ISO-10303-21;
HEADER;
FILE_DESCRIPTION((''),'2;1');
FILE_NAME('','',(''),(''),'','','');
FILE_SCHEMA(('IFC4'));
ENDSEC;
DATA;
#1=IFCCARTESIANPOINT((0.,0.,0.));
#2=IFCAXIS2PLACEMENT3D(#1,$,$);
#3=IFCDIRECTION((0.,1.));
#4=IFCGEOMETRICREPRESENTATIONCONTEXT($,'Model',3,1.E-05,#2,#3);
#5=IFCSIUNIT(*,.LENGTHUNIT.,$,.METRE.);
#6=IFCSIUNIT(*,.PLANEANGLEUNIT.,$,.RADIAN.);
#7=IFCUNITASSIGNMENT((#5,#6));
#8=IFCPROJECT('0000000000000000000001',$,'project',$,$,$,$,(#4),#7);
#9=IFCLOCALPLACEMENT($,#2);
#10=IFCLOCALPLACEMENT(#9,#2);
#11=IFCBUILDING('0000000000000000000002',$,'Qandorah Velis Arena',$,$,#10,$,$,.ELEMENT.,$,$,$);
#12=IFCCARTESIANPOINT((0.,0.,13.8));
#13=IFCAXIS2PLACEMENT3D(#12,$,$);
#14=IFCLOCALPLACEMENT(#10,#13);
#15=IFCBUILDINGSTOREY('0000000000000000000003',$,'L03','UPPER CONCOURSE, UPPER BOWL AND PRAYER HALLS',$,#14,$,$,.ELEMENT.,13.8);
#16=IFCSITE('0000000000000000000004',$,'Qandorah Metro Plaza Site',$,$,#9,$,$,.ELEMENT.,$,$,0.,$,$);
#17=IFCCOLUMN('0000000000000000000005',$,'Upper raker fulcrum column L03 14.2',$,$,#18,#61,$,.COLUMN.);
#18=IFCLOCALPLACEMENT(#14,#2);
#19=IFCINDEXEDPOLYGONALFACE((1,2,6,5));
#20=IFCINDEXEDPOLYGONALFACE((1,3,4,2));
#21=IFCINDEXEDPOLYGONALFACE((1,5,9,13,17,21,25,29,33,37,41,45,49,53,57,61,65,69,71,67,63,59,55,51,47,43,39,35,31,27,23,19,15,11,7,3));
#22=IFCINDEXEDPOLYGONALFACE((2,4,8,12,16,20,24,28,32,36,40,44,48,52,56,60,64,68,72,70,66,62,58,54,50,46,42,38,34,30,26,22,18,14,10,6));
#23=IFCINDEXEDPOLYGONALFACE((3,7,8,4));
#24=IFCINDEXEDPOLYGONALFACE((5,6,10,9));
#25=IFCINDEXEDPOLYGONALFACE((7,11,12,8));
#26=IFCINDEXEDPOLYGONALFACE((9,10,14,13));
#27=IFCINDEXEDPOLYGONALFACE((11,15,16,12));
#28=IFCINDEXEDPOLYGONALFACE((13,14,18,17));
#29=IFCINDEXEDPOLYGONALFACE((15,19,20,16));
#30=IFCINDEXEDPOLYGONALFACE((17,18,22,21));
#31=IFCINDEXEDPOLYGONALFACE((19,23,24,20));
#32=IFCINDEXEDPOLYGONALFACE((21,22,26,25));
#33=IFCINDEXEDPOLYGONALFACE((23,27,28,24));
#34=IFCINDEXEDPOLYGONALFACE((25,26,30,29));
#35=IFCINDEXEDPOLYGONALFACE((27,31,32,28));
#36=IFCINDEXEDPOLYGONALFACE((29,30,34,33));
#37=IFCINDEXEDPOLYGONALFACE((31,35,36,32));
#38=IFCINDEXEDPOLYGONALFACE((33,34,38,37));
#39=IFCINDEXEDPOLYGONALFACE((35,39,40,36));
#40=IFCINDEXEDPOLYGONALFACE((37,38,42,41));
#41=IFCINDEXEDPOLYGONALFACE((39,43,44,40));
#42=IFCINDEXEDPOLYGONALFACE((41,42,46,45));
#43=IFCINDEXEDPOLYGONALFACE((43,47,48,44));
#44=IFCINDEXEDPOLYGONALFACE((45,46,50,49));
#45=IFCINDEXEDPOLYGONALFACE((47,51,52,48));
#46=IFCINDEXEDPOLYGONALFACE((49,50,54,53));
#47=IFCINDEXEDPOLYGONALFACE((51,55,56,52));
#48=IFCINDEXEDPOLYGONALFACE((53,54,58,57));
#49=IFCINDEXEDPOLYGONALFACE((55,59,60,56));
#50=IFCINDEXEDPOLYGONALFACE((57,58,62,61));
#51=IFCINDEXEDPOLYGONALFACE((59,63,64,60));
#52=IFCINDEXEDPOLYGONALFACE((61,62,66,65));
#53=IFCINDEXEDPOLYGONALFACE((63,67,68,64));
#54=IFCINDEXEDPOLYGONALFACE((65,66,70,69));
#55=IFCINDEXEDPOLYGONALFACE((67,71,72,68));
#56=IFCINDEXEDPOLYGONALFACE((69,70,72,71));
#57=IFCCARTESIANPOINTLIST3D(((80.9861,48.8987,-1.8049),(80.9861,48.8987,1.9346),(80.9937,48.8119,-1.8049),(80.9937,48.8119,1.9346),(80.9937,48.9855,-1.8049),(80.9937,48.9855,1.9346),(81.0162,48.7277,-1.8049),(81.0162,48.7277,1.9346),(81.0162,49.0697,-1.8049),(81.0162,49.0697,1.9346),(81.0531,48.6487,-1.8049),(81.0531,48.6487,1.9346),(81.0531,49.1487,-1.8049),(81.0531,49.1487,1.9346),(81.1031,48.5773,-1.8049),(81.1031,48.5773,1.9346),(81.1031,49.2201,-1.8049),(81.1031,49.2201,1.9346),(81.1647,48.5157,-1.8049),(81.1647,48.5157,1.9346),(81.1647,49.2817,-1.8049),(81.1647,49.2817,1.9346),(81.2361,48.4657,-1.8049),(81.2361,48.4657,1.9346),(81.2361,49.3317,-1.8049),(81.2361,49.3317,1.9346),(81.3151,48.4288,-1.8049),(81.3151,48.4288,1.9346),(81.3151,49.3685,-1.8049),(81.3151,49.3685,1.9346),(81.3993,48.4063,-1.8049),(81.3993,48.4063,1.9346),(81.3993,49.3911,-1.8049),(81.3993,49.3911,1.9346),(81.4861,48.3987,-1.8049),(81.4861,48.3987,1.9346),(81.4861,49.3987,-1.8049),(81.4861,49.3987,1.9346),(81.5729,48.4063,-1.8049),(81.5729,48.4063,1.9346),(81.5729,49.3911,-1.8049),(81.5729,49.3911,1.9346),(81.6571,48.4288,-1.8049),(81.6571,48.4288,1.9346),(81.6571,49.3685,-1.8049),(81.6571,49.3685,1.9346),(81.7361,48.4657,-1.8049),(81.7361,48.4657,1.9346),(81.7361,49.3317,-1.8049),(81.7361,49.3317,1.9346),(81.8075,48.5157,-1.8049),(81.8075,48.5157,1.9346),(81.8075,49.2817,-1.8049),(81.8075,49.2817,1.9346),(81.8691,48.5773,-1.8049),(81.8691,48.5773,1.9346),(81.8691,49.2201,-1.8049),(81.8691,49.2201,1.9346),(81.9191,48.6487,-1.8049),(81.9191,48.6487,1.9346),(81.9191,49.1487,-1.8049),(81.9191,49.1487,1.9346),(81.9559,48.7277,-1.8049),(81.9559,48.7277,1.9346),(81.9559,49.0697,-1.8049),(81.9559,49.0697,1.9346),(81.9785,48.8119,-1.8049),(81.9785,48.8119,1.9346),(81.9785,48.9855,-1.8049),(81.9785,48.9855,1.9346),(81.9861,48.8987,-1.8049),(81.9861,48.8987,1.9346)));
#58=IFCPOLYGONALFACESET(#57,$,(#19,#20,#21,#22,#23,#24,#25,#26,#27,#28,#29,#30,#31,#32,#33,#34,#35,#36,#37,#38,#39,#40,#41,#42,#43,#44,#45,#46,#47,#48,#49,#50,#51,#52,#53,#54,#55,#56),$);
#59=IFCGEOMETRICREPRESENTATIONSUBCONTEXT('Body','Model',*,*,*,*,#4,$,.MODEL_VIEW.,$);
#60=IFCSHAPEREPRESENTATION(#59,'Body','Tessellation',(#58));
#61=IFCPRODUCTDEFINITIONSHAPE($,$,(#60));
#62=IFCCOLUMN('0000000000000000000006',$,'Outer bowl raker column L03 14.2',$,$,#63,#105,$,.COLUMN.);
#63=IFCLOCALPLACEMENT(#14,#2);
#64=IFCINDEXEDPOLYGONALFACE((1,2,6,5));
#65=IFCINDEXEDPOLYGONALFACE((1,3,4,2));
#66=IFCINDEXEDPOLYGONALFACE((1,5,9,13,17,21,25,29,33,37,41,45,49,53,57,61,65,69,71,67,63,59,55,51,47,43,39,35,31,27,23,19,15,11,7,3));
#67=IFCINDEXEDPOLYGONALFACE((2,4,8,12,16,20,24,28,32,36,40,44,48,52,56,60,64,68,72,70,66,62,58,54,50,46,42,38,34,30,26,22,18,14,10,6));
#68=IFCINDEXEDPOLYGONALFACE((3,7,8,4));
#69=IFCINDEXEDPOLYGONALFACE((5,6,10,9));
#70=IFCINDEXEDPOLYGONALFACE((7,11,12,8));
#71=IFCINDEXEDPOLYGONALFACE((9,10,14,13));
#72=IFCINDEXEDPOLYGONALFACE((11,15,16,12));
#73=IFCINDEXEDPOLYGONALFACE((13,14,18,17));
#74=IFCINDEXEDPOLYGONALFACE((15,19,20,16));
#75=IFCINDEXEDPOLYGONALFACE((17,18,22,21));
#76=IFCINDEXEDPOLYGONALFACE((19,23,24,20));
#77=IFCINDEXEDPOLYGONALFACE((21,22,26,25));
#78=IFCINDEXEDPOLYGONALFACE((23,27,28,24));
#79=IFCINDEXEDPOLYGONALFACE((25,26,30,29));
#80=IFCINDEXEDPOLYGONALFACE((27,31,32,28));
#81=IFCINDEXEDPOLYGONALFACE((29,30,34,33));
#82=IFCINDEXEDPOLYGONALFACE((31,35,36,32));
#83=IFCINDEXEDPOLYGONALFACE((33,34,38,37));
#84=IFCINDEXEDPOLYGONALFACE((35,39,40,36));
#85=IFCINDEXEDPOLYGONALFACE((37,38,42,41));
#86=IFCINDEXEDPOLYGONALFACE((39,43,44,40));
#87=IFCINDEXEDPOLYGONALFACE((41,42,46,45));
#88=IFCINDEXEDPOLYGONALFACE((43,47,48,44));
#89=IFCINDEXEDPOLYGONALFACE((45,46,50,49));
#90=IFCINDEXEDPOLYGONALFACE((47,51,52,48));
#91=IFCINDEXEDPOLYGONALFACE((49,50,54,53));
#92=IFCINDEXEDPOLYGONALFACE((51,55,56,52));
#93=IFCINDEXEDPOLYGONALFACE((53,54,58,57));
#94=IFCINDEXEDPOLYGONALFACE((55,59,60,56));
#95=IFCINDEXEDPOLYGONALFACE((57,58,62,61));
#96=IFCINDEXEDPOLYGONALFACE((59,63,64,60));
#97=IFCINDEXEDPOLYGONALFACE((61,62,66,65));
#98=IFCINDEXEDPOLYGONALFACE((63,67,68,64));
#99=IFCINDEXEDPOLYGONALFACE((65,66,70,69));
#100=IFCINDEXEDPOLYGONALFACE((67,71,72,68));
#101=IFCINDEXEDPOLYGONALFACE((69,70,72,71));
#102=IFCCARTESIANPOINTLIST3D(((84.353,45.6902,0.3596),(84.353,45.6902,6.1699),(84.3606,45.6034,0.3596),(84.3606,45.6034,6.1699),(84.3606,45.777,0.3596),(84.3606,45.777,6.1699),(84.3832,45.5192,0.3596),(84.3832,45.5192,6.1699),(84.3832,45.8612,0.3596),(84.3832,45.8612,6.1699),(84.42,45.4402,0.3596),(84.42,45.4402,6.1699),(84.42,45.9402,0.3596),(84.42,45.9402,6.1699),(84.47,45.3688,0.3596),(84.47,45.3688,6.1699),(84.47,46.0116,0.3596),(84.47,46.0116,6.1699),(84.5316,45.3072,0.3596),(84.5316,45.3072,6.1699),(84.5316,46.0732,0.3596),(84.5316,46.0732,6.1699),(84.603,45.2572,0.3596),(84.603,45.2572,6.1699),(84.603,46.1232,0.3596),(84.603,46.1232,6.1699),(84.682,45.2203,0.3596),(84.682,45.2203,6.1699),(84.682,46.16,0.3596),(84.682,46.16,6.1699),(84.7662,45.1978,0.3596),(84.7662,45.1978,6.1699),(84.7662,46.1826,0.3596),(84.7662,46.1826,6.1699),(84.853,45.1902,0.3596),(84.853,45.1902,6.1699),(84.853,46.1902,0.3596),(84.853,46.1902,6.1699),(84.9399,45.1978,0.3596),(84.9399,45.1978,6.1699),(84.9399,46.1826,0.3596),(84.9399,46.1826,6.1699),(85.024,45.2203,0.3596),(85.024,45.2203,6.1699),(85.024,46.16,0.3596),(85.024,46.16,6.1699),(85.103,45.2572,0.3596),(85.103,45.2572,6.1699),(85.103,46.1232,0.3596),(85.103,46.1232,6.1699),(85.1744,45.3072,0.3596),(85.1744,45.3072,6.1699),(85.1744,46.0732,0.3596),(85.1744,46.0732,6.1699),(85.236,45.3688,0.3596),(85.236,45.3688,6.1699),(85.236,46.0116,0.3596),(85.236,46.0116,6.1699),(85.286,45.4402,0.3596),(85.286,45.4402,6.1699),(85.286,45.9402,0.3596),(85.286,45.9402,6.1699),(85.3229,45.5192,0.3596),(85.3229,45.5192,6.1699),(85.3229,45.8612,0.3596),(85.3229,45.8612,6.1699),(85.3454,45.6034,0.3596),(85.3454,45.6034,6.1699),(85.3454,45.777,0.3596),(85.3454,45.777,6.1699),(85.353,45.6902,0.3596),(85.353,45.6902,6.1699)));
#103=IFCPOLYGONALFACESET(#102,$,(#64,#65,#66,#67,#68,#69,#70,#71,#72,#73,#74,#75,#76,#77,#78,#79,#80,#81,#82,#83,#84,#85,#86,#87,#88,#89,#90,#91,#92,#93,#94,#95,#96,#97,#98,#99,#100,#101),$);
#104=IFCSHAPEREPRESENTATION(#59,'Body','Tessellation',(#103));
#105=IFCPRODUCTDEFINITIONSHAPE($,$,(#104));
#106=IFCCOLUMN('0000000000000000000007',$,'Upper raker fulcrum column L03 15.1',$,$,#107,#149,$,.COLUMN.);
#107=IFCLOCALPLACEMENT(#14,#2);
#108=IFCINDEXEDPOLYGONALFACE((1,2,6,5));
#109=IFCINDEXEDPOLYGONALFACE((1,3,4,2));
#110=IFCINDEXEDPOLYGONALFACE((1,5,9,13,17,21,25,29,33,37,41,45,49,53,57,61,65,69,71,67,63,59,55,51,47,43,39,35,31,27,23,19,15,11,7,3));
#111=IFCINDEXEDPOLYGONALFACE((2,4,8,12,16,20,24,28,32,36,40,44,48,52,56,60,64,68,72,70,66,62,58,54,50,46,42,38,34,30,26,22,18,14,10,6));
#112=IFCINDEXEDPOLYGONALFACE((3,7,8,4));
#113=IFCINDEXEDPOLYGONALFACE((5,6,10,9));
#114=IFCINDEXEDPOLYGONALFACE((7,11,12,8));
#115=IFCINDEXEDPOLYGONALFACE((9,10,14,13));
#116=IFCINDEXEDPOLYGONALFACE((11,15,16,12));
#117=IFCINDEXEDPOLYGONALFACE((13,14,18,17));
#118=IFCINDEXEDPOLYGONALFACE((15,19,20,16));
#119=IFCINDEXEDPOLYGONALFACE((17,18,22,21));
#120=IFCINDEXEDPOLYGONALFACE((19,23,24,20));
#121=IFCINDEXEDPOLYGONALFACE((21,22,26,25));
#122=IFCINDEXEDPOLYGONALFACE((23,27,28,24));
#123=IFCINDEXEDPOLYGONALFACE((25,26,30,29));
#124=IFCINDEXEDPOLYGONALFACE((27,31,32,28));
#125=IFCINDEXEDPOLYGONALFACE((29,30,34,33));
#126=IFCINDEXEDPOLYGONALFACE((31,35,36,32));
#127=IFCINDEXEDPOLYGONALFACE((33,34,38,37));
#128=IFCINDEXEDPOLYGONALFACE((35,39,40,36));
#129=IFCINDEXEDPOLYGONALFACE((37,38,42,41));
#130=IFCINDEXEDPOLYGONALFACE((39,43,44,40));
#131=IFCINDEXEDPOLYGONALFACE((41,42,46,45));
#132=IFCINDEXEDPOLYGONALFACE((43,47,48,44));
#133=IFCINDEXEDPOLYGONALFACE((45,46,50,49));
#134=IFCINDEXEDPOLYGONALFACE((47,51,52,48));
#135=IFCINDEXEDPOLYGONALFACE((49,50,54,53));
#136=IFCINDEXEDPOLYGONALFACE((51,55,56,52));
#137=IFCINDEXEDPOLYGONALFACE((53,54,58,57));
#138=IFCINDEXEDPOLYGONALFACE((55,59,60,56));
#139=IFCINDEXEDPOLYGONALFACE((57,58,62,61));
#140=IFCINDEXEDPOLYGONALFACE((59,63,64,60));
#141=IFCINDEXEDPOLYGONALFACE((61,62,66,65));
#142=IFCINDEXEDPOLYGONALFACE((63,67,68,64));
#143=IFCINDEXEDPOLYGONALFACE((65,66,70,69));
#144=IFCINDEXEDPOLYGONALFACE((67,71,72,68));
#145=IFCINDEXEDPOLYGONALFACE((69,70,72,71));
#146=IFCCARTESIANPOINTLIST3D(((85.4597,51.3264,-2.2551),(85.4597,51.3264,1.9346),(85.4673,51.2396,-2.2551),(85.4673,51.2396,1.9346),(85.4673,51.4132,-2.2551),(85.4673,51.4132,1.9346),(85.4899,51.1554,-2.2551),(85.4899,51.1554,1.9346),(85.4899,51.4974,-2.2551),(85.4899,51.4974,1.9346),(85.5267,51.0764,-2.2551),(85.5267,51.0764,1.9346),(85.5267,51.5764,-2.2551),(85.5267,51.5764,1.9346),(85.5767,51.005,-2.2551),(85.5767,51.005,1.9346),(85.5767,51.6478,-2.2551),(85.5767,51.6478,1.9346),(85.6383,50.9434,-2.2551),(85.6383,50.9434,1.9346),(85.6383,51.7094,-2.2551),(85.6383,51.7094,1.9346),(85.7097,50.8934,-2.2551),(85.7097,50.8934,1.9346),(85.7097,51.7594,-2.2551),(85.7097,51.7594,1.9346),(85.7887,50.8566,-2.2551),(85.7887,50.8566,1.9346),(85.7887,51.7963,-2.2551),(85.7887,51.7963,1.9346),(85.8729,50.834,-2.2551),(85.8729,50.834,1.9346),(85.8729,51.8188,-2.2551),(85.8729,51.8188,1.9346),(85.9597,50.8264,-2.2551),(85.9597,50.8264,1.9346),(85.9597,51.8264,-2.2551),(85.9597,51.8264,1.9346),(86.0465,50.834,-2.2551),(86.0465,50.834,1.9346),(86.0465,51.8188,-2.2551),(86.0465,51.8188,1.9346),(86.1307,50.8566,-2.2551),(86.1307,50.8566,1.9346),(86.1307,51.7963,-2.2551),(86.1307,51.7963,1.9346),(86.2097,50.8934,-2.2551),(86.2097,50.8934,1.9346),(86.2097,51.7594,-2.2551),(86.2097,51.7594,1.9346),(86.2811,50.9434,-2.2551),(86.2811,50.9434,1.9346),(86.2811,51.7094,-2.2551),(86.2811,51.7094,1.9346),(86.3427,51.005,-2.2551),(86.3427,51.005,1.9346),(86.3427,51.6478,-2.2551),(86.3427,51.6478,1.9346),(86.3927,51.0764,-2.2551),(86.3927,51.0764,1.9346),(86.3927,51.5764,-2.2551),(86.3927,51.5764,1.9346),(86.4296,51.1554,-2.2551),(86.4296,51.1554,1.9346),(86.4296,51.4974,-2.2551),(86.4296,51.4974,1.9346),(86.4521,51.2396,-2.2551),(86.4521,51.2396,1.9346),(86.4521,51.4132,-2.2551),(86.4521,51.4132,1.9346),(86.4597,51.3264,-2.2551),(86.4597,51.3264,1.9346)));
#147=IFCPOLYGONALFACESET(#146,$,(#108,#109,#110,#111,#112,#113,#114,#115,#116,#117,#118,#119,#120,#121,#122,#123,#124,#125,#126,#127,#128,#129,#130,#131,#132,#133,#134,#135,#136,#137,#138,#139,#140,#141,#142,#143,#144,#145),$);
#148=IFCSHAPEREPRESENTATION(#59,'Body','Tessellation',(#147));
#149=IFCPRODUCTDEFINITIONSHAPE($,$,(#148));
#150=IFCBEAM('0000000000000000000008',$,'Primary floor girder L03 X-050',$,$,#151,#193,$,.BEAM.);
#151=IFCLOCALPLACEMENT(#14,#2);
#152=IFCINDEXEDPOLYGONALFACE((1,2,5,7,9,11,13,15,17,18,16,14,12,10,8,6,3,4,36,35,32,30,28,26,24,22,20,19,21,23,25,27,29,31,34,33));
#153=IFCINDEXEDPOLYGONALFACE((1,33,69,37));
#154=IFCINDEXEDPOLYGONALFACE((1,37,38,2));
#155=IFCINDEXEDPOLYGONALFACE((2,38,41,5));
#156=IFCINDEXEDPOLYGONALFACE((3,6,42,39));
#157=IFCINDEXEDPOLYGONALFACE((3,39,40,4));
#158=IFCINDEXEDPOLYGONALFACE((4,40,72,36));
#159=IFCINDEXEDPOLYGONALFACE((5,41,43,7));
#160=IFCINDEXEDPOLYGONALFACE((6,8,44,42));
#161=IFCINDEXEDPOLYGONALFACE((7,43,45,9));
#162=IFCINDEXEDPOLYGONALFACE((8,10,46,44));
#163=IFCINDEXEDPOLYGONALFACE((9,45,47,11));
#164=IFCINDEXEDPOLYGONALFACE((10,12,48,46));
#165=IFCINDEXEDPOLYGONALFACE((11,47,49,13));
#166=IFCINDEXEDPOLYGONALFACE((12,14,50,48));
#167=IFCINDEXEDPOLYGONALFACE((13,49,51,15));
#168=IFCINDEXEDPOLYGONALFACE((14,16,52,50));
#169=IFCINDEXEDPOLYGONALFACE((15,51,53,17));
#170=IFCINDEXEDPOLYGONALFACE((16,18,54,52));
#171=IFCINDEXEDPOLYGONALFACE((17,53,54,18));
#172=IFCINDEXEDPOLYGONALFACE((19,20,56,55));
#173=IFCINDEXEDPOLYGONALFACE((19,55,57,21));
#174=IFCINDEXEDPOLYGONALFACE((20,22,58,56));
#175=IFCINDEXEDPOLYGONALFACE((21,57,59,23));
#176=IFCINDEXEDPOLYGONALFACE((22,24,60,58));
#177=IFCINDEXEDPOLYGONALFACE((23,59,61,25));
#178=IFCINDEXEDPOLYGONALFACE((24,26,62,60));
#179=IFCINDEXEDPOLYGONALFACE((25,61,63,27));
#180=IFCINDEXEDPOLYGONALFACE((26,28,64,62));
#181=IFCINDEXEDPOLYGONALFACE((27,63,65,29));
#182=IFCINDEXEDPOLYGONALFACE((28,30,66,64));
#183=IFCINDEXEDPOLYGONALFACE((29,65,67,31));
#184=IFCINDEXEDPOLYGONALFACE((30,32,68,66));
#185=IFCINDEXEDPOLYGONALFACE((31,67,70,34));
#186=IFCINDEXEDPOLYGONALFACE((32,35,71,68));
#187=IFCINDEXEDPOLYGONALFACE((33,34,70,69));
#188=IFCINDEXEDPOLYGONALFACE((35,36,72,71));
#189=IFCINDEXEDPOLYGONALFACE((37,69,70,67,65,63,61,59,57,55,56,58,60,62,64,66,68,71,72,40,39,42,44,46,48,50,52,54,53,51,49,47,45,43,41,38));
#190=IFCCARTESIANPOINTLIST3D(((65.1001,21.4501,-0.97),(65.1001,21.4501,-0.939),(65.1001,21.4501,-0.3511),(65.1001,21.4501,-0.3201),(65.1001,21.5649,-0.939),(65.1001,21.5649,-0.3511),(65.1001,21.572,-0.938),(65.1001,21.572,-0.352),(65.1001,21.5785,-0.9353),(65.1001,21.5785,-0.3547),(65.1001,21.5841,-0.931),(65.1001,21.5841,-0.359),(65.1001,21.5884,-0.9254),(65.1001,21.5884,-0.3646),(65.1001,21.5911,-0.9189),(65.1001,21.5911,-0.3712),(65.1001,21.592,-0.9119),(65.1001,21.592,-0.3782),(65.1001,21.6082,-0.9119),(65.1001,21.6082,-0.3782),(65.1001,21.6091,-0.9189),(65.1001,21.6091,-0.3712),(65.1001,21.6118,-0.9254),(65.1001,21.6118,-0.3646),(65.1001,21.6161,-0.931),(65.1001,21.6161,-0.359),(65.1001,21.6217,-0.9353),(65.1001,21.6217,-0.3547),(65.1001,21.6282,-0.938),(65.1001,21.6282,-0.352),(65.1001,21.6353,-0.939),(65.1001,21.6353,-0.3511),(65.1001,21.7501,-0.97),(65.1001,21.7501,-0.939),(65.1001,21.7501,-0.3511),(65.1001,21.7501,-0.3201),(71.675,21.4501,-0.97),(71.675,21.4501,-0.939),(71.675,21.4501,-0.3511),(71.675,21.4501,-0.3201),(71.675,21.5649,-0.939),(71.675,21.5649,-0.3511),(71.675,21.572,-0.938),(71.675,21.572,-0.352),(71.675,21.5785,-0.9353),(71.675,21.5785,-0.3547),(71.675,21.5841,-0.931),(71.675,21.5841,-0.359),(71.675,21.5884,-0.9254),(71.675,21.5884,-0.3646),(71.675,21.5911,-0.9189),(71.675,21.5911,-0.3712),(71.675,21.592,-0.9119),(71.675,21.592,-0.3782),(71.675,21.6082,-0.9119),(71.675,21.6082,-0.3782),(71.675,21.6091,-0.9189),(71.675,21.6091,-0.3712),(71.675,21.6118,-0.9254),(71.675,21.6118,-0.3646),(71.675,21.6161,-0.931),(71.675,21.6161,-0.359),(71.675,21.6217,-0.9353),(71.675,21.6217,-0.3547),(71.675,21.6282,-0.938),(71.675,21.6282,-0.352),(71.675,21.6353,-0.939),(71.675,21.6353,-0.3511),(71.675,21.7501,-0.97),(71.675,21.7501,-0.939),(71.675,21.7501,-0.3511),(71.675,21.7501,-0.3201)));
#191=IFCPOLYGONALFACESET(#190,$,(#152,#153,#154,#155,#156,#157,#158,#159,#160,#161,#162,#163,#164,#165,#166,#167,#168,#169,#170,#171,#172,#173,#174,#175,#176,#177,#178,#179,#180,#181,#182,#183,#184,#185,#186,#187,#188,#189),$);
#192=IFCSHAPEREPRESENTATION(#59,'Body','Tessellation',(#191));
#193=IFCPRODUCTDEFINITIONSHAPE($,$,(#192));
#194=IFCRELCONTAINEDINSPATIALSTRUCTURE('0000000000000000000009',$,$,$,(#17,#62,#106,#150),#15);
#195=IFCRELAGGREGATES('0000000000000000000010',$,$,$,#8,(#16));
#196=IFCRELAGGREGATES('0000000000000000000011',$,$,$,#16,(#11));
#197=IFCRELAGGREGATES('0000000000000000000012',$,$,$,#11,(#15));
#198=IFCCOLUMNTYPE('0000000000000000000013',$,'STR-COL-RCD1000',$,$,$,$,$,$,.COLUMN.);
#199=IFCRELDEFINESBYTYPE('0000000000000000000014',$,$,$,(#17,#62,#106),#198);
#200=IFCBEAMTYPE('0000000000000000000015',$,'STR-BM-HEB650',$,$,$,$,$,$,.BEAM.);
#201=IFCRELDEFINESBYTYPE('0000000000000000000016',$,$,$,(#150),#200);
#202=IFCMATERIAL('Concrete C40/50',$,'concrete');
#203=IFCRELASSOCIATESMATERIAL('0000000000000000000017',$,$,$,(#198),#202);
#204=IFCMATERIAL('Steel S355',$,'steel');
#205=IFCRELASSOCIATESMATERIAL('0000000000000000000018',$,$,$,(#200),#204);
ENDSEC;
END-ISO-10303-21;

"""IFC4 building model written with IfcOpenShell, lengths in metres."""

from ifc_helpers import new_model, si_unit, direction, frame, origin, origin_2d, place, context, subcontext, project, spatial, circle, i_section, extrude, material, material_profile, profile_set, type_object, element, save


model = new_model("IFC4")

# Units and contexts
model_context = context("Model", 3, precision=1e-05, world=origin(), true_north=direction((0.0, 1.0)))
body_context = subcontext(model_context, "Body", "Model", "MODEL_VIEW")
ifc_project = project(units=[si_unit("LENGTHUNIT", "METRE"), si_unit("PLANEANGLEUNIT", "RADIAN")], contexts=[model_context])

# Site, building, storey
site_placement = place(None, origin())
site = spatial("IfcSite", under=ifc_project, at=site_placement, Name="Qandorah Metro Plaza Site", CompositionType="ELEMENT", RefElevation=0.0)
building_placement = place(site_placement, origin())
building = spatial("IfcBuilding", under=site, at=building_placement, Name="Qandorah Velis Arena", CompositionType="ELEMENT")
storey_placement = place(building_placement, frame((0.0, 0.0, 13.8)))
storey = spatial("IfcBuildingStorey", under=building, at=storey_placement, Name="L03", Description="UPPER CONCOURSE, UPPER BOWL AND PRAYER HALLS", CompositionType="ELEMENT", Elevation=13.8)

# Columns
ifc_material_1 = material(Name="Concrete C40/50", Category="concrete")
ifc_material_profile_1 = material_profile(ifc_material_1, circle(Radius=0.5, at=origin_2d()), Name="RC D1000")
ifc_profile_set_1 = profile_set([ifc_material_profile_1], Name="Concrete C40/50")
column_type_1 = type_object("IfcColumnType", Name="STR-COL-RCD1000", PredefinedType="COLUMN", material=ifc_profile_set_1)
column_1_placement = place(storey_placement, frame((81.4861, 48.8987, -1.8049), z_axis=(0.0, 0.0, 1.0), x_axis=(1.0, 0.0, 0.0)))
element("IfcColumn", 1, at=column_1_placement, inside=storey, type_object=column_type_1, Name="Upper raker fulcrum column L03 14.2", PredefinedType="COLUMN", context=body_context, shape_type="SweptSolid", body=[
    extrude(circle(Radius=0.5, at=origin_2d()), origin(), (0.0, 0.0, 1.0), 3.7395),
])
column_2_placement = place(storey_placement, frame((84.853, 45.6902, 0.3596), z_axis=(0.0, 0.0, 1.0), x_axis=(1.0, 0.0, 0.0)))
element("IfcColumn", 2, at=column_2_placement, inside=storey, type_object=column_type_1, Name="Outer bowl raker column L03 14.2", PredefinedType="COLUMN", context=body_context, shape_type="SweptSolid", body=[
    extrude(circle(Radius=0.5, at=origin_2d()), origin(), (0.0, 0.0, 1.0), 5.8103),
])
column_3_placement = place(storey_placement, frame((85.9597, 51.3264, -2.2551), z_axis=(0.0, 0.0, 1.0), x_axis=(1.0, 0.0, 0.0)))
element("IfcColumn", 3, at=column_3_placement, inside=storey, type_object=column_type_1, Name="Upper raker fulcrum column L03 15.1", PredefinedType="COLUMN", context=body_context, shape_type="SweptSolid", body=[
    extrude(circle(Radius=0.5, at=origin_2d()), origin(), (0.0, 0.0, 1.0), 4.1897),
])

# Beam
ifc_material_2 = material(Name="Steel S355", Category="steel")
ifc_material_profile_2 = material_profile(ifc_material_2, i_section(OverallWidth=0.3, OverallDepth=0.6499, WebThickness=0.0161, FlangeThickness=0.031, FilletRadius=0.0271, at=origin_2d()), Name="HEB 650")
ifc_profile_set_2 = profile_set([ifc_material_profile_2], Name="Steel S355")
beam_type_1 = type_object("IfcBeamType", Name="STR-BM-HEB650", PredefinedType="BEAM", material=ifc_profile_set_2)
beam_1_placement = place(storey_placement, frame((65.1001, 21.6001, -0.645), z_axis=(1.0, 0.0, 0.0), x_axis=(0.0, 1.0, 0.0)))
element("IfcBeam", 4, at=beam_1_placement, inside=storey, type_object=beam_type_1, Name="Primary floor girder L03 X-050", PredefinedType="BEAM", context=body_context, shape_type="SweptSolid", body=[
    extrude(i_section(OverallWidth=0.3, OverallDepth=0.6499, WebThickness=0.0161, FlangeThickness=0.031, FilletRadius=0.0271, at=origin_2d()), origin(), (0.0, 0.0, 1.0), 6.575),
])

save(model, "model.ifc")
